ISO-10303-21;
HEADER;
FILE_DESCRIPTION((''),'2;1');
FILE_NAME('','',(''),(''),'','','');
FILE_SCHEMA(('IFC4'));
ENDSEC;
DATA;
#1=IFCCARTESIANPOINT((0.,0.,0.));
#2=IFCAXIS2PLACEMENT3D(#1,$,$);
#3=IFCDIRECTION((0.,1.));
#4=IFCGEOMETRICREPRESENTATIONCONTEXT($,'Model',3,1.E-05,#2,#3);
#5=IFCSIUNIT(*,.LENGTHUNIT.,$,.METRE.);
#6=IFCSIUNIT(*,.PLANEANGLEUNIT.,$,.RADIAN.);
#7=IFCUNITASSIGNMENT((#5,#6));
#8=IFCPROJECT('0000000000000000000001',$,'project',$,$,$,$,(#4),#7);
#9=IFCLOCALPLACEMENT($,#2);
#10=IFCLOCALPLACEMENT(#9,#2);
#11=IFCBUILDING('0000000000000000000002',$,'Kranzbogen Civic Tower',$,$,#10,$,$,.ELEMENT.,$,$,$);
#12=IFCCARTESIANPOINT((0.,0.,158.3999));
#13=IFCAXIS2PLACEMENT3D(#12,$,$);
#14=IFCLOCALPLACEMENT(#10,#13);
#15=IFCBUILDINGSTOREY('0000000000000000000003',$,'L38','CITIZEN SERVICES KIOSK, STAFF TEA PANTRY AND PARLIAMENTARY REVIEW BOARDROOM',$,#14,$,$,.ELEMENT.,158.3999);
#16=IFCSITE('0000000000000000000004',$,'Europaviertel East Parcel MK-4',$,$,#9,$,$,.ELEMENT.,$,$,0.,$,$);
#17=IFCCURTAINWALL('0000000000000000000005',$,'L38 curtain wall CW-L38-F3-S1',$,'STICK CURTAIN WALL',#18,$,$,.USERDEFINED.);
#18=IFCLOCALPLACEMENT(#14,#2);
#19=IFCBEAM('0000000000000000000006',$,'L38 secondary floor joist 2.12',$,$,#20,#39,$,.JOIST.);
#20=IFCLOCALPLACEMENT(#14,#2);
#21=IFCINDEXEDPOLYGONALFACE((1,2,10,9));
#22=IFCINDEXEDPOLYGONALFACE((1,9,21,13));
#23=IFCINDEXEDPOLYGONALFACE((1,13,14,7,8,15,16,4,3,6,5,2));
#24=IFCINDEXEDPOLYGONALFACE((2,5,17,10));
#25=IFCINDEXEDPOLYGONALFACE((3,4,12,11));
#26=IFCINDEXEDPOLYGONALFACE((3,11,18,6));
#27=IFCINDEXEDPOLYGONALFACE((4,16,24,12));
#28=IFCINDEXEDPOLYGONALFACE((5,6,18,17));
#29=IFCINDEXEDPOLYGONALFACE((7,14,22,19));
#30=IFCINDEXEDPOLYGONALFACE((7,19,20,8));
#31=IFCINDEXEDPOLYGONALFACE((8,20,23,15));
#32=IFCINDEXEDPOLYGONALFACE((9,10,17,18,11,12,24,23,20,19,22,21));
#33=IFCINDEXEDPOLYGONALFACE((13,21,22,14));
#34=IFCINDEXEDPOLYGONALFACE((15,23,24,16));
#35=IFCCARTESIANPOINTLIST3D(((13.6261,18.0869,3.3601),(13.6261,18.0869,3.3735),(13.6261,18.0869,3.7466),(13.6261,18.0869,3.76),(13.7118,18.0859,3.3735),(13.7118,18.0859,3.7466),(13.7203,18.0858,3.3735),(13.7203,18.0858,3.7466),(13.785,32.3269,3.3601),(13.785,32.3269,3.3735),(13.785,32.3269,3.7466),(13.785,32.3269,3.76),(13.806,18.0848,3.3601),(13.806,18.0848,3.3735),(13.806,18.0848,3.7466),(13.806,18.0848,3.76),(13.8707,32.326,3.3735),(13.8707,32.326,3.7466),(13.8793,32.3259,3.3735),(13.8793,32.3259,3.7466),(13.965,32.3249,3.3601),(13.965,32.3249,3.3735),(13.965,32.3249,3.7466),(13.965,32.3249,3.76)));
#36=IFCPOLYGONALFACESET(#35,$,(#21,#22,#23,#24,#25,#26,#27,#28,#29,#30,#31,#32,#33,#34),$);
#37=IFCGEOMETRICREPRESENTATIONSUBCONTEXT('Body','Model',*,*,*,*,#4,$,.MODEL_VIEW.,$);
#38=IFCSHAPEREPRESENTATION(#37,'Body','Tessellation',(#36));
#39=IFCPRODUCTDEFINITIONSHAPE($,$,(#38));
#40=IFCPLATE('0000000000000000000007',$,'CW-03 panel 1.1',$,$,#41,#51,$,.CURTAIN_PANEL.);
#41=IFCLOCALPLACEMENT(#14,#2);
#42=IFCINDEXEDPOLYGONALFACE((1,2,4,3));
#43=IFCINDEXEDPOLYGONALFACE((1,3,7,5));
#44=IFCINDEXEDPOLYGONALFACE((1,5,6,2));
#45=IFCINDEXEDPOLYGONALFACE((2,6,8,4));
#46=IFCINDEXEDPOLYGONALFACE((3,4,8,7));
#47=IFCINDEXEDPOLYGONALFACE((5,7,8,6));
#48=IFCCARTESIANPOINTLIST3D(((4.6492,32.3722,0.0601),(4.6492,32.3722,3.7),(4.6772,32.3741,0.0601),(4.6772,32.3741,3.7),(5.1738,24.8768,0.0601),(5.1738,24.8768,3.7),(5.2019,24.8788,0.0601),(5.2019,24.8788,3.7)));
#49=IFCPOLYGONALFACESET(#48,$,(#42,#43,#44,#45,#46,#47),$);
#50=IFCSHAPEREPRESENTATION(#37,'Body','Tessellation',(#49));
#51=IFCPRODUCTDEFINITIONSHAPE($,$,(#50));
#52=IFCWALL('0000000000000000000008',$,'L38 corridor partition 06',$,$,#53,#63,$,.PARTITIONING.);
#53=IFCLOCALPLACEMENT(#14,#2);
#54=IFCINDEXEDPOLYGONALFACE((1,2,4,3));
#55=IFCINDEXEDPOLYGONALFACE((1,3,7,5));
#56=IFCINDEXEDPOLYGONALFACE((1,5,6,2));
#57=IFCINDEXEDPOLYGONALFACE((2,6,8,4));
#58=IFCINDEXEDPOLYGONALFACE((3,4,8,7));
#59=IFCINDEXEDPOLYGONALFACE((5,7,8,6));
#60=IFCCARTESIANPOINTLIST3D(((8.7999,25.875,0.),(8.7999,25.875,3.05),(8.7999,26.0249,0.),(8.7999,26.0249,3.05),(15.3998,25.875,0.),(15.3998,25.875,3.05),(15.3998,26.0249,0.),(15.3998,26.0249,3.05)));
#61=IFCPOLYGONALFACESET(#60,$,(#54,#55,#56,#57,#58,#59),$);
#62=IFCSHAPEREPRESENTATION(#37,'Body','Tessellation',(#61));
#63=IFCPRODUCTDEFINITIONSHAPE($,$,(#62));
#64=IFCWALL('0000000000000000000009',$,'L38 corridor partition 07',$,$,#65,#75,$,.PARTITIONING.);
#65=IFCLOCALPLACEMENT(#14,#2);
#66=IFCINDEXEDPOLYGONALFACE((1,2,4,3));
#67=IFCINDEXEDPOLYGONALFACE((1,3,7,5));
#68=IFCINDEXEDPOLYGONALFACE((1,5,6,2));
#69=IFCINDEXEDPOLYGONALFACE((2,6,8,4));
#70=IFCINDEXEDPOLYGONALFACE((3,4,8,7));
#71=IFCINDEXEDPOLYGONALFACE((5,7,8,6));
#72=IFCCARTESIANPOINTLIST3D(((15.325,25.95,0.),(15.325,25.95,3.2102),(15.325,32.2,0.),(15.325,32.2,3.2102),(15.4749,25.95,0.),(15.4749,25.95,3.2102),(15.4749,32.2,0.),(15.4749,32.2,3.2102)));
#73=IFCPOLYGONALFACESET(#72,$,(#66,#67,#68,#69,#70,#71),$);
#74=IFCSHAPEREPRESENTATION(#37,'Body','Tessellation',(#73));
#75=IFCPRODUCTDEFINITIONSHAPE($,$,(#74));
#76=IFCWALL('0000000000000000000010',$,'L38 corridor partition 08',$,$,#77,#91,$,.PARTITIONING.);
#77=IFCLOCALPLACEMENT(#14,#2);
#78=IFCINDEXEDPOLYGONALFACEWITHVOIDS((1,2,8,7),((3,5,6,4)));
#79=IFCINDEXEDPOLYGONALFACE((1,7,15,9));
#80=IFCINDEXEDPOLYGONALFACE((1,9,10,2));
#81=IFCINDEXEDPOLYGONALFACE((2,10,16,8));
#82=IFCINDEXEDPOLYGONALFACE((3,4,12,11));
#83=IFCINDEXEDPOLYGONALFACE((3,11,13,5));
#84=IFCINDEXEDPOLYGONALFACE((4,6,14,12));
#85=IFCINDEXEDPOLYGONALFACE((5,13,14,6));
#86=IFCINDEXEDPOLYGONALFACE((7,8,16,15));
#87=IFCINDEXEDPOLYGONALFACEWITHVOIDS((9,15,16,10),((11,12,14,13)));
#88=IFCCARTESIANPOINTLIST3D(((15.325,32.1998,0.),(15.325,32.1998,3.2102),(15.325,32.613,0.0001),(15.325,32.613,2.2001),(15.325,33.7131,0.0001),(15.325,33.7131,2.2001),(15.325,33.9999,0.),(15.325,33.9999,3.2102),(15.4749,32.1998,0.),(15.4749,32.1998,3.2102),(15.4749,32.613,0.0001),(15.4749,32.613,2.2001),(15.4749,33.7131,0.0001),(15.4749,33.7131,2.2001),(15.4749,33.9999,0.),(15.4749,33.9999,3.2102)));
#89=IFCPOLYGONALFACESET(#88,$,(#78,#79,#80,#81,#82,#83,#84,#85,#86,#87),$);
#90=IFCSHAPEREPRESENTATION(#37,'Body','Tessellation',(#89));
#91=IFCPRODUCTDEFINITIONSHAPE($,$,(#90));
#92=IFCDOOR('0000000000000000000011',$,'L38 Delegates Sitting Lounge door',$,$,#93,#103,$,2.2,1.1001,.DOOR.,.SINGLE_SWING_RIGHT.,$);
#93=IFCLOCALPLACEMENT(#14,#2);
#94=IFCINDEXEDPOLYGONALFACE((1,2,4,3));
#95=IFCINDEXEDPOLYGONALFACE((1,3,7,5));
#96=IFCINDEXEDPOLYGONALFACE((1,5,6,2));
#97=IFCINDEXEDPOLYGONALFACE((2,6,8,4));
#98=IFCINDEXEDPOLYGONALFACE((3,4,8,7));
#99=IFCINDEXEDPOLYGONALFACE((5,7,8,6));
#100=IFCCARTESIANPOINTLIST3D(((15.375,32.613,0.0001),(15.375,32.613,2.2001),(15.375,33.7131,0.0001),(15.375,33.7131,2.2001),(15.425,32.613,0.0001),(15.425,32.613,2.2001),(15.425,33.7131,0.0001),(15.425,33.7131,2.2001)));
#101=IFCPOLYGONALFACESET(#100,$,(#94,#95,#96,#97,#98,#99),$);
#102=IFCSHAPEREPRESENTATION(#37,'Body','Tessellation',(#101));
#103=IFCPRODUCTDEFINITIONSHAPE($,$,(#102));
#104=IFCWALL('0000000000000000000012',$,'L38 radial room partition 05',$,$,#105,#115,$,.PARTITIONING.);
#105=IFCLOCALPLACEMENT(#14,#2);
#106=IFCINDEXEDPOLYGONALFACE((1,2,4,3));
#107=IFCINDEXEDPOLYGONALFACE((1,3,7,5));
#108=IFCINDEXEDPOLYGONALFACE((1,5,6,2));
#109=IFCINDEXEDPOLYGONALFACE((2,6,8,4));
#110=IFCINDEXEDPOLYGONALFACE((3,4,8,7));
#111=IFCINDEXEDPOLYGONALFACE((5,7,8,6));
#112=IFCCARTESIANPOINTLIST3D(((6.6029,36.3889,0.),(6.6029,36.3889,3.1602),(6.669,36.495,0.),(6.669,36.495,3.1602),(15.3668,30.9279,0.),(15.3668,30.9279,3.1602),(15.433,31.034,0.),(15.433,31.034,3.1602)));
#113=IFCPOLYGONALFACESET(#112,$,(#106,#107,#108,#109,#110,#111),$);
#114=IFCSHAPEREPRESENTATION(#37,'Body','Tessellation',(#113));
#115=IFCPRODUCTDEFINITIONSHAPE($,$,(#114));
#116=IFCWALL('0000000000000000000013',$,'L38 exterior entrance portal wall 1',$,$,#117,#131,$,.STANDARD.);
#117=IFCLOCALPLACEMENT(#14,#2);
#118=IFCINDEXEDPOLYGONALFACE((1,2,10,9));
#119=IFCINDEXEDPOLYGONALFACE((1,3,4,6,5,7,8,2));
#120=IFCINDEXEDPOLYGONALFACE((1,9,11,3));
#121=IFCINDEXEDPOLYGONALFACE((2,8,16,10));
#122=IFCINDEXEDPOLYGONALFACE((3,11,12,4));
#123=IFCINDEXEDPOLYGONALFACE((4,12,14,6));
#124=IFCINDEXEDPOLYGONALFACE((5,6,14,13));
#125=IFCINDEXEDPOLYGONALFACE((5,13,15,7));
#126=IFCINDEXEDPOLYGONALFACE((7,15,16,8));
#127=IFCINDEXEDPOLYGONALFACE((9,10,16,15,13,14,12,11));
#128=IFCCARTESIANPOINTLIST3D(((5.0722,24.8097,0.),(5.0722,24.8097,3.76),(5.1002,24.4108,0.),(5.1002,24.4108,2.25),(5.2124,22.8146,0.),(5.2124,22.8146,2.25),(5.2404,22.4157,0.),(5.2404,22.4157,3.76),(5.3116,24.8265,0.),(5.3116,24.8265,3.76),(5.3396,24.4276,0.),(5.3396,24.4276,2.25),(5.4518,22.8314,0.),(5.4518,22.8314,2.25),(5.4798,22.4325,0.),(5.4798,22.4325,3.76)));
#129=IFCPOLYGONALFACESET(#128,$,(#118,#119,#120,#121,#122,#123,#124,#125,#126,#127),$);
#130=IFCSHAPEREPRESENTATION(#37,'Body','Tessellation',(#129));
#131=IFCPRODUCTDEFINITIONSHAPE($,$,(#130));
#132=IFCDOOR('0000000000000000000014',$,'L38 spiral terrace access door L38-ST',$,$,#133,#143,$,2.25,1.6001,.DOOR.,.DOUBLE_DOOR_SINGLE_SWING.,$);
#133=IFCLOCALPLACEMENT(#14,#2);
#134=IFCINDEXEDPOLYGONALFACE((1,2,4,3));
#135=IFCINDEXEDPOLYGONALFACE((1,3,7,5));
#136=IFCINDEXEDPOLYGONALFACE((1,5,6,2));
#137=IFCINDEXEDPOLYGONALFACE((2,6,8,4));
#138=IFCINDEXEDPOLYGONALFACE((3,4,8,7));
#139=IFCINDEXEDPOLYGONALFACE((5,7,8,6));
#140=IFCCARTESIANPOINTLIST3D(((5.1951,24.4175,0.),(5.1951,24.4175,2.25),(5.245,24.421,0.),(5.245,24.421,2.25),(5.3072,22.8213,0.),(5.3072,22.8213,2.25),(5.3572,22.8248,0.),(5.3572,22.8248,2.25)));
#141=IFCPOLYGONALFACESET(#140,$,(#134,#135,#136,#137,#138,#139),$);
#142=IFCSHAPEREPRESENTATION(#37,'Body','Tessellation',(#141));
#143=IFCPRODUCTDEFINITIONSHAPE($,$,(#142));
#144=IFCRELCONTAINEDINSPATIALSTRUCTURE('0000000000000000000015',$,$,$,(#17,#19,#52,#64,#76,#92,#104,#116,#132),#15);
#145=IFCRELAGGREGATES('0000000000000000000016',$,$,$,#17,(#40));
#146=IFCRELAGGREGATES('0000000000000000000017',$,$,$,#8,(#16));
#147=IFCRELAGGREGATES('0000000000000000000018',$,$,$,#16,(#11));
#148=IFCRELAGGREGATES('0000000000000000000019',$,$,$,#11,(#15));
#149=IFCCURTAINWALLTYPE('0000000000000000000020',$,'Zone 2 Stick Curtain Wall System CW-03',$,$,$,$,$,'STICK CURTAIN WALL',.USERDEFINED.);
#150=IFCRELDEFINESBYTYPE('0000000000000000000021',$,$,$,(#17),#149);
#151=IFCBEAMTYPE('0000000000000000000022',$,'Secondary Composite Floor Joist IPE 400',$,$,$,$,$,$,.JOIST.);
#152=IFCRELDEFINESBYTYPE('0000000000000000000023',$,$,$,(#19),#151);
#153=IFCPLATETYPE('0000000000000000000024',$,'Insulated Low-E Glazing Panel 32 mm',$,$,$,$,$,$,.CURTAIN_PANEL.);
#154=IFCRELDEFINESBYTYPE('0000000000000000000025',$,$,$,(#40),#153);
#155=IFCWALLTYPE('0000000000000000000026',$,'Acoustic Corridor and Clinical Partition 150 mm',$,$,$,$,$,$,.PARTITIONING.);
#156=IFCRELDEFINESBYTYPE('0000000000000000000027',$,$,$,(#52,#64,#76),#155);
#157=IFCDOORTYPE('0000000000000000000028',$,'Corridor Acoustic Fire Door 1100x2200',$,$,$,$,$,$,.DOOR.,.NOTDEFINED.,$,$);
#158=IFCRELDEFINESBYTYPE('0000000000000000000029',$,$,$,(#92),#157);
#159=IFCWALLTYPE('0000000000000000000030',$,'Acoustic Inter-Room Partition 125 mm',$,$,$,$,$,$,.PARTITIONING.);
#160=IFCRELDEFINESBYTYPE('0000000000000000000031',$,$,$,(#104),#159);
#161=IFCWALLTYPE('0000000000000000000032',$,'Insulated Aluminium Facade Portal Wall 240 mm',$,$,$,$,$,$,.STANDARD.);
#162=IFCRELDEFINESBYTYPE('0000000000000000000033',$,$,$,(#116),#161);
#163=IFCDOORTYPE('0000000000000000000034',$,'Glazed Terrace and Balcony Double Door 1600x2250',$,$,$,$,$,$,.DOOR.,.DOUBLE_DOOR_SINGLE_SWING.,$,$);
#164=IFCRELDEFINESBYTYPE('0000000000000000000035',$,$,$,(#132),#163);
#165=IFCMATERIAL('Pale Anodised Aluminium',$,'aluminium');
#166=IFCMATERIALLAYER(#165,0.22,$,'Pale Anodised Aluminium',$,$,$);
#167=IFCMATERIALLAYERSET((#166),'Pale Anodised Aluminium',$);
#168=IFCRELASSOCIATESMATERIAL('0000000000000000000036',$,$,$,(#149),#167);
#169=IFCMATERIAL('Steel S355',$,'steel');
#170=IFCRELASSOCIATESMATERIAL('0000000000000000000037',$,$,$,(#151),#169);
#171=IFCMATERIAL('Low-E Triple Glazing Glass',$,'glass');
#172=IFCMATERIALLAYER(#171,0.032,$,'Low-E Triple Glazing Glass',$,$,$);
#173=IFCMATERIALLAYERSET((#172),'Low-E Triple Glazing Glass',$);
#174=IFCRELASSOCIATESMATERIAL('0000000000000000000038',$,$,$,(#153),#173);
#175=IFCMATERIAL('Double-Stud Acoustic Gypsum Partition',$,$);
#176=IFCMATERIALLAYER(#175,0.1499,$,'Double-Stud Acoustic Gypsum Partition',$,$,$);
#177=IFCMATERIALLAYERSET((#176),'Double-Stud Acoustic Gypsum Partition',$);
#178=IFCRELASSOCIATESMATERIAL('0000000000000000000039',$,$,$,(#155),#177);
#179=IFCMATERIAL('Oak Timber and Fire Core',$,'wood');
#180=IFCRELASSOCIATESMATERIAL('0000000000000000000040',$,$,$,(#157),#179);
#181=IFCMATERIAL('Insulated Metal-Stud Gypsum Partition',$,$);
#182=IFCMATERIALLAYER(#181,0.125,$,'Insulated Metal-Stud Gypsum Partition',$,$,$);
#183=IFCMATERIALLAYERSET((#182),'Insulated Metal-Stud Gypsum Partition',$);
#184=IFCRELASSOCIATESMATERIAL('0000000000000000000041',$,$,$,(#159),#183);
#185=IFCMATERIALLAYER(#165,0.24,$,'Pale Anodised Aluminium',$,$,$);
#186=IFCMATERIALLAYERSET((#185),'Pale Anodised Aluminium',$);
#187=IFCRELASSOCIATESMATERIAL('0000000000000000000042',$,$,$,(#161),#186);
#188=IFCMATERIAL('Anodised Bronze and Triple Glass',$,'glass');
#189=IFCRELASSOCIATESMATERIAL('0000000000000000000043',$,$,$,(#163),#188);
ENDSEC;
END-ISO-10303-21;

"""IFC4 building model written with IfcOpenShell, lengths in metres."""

from ifc_helpers import new_model, si_unit, direction, frame, frame_2d, origin, origin_2d, place, context, subcontext, project, spatial, rectangle, i_section, extrude, material, layer, layer_set, material_profile, profile_set, type_object, element, fill, aggregate, save


model = new_model("IFC4")

# Units and contexts
model_context = context("Model", 3, precision=1e-05, world=origin(), true_north=direction((0.0, 1.0)))
body_context = subcontext(model_context, "Body", "Model", "MODEL_VIEW")
ifc_project = project(units=[si_unit("LENGTHUNIT", "METRE"), si_unit("PLANEANGLEUNIT", "RADIAN")], contexts=[model_context])

# Site, building, storey
site_placement = place(None, origin())
site = spatial("IfcSite", under=ifc_project, at=site_placement, Name="Europaviertel East Parcel MK-4", CompositionType="ELEMENT", RefElevation=0.0)
building_placement = place(site_placement, origin())
building = spatial("IfcBuilding", under=site, at=building_placement, Name="Kranzbogen Civic Tower", CompositionType="ELEMENT")
storey_placement = place(building_placement, frame((0.0, 0.0, 158.3999)))
storey = spatial("IfcBuildingStorey", under=building, at=storey_placement, Name="L38", Description="CITIZEN SERVICES KIOSK, STAFF TEA PANTRY AND PARLIAMENTARY REVIEW BOARDROOM", CompositionType="ELEMENT", Elevation=158.3999)

# Curtain wall
ifc_material_1 = material(Name="Pale Anodised Aluminium", Category="aluminium")
ifc_layer_1 = layer(ifc_material_1, 0.22, Name="Pale Anodised Aluminium")
ifc_layer_set_1 = layer_set([ifc_layer_1], Name="Pale Anodised Aluminium")
curtain_wall_type = type_object("IfcCurtainWallType", Name="Zone 2 Stick Curtain Wall System CW-03", ElementType="STICK CURTAIN WALL", PredefinedType="USERDEFINED", material=ifc_layer_set_1)
curtain_wall_placement = place(storey_placement, origin())
curtain_wall = element("IfcCurtainWall", 1, at=curtain_wall_placement, inside=storey, type_object=curtain_wall_type, Name="L38 curtain wall CW-L38-F3-S1", ObjectType="STICK CURTAIN WALL", PredefinedType="USERDEFINED")

# Beam
ifc_material_2 = material(Name="Steel S355", Category="steel")
ifc_material_profile_1 = material_profile(ifc_material_2, i_section(OverallWidth=0.1799, OverallDepth=0.3999, WebThickness=0.0085, FlangeThickness=0.0134, at=origin_2d()), Name="IPE 400")
ifc_profile_set_1 = profile_set([ifc_material_profile_1], Name="Steel S355")
beam_type_1 = type_object("IfcBeamType", Name="Secondary Composite Floor Joist IPE 400", PredefinedType="JOIST", material=ifc_profile_set_1)
beam_1_placement = place(storey_placement, frame((13.875, 32.3259, 3.5601), z_axis=(-0.011161, -0.999938, 0.0), x_axis=(0.999938, -0.011161, 0.0)))
element("IfcBeam", 2, at=beam_1_placement, inside=storey, type_object=beam_type_1, Name="L38 secondary floor joist 2.12", PredefinedType="JOIST", context=body_context, shape_type="SweptSolid", body=[
    extrude(i_section(OverallWidth=0.1799, OverallDepth=0.3999, WebThickness=0.0085, FlangeThickness=0.0134, at=origin_2d()), origin(), (0.0, 0.0, 1.0), 14.241),
])

# Plate
ifc_material_3 = material(Name="Low-E Triple Glazing Glass", Category="glass")
ifc_layer_2 = layer(ifc_material_3, 0.032, Name="Low-E Triple Glazing Glass")
ifc_layer_set_2 = layer_set([ifc_layer_2], Name="Low-E Triple Glazing Glass")
plate_type = type_object("IfcPlateType", Name="Insulated Low-E Glazing Panel 32 mm", PredefinedType="CURTAIN_PANEL", material=ifc_layer_set_2)
plate_placement = place(storey_placement, frame((4.9255, 28.6255, 0.0601), z_axis=(0.0, 0.0, 1.0), x_axis=(0.069823, -0.997559, 0.0)))
plate = element("IfcPlate", 3, at=plate_placement, type_object=plate_type, Name="CW-03 panel 1.1", PredefinedType="CURTAIN_PANEL", context=body_context, shape_type="SweptSolid", body=[
    extrude(rectangle(XDim=7.5137, YDim=0.0281, at=origin_2d()), origin(), (0.0, 0.0, 1.0), 3.6399),
])
aggregate(curtain_wall, [plate])

# Walls
ifc_material_4 = material(Name="Double-Stud Acoustic Gypsum Partition")
ifc_layer_3 = layer(ifc_material_4, 0.1499, Name="Double-Stud Acoustic Gypsum Partition")
ifc_layer_set_3 = layer_set([ifc_layer_3], Name="Double-Stud Acoustic Gypsum Partition")
wall_type_1 = type_object("IfcWallType", Name="Acoustic Corridor and Clinical Partition 150 mm", PredefinedType="PARTITIONING", material=ifc_layer_set_3)
wall_1_placement = place(storey_placement, frame((8.8, 25.95, 0.0), z_axis=(0.0, 0.0, 1.0), x_axis=(1.0, 0.0, 0.0)))
element("IfcWall", 4, at=wall_1_placement, inside=storey, type_object=wall_type_1, Name="L38 corridor partition 06", PredefinedType="PARTITIONING", context=body_context, shape_type="SweptSolid", body=[
    extrude(rectangle(XDim=6.5999, YDim=0.1499, at=frame_2d((3.2998, 0.0))), origin(), (0.0, 0.0, 1.0), 3.05),
])
wall_2_placement = place(storey_placement, frame((15.3999, 25.95, 0.0), z_axis=(0.0, 0.0, 1.0), x_axis=(0.0, 1.0, 0.0)))
element("IfcWall", 5, at=wall_2_placement, inside=storey, type_object=wall_type_1, Name="L38 corridor partition 07", PredefinedType="PARTITIONING", context=body_context, shape_type="SweptSolid", body=[
    extrude(rectangle(XDim=6.25, YDim=0.1499, at=frame_2d((3.125, 0.0))), origin(), (0.0, 0.0, 1.0), 3.2102),
])

# Wall, opening, door
wall_3_placement = place(storey_placement, frame((15.3999, 32.2, 0.0), z_axis=(0.0, 0.0, 1.0), x_axis=(0.0, 1.0, 0.0)))
wall_3 = element("IfcWall", 6, at=wall_3_placement, inside=storey, type_object=wall_type_1, Name="L38 corridor partition 08", PredefinedType="PARTITIONING", context=body_context, shape_type="SweptSolid", body=[
    extrude(rectangle(XDim=1.8, YDim=0.1499, at=frame_2d((0.8999, 0.0))), origin(), (0.0, 0.0, 1.0), 3.2102),
])
opening_1_placement = place(wall_3_placement, frame((0.4131, 0.0, 0.0)))
opening_1 = element("IfcOpeningElement", 7, at=opening_1_placement, cuts=wall_3, PredefinedType="OPENING", context=body_context, shape_type="SweptSolid", body=[
    extrude(rectangle(XDim=1.1001, YDim=2.2, at=frame_2d((0.55, 1.1001))), frame((0.0, 0.085, 0.0), z_axis=(0.0, -1.0, 0.0), x_axis=(1.0, 0.0, 0.0)), (0.0, 0.0, 1.0), 0.1699),
])
ifc_material_5 = material(Name="Oak Timber and Fire Core", Category="wood")
door_type_1 = type_object("IfcDoorType", Name="Corridor Acoustic Fire Door 1100x2200", OperationType="NOTDEFINED", PredefinedType="DOOR", material=ifc_material_5)
door_1_placement = place(opening_1_placement, origin())
door_1 = element("IfcDoor", 8, at=door_1_placement, inside=storey, type_object=door_type_1, Name="L38 Delegates Sitting Lounge door", OperationType="SINGLE_SWING_RIGHT", OverallHeight=2.2, OverallWidth=1.1001, PredefinedType="DOOR", context=body_context, shape_type="SweptSolid", body=[
    extrude(rectangle(XDim=1.1001, YDim=2.2, at=frame_2d((0.55, 1.1001))), frame((0.0, 0.0249, 0.0), z_axis=(0.0, -1.0, 0.0), x_axis=(1.0, 0.0, 0.0)), (0.0, 0.0, 1.0), 0.05),
])
fill(opening_1, door_1)

# Wall
ifc_material_6 = material(Name="Insulated Metal-Stud Gypsum Partition")
ifc_layer_4 = layer(ifc_material_6, 0.125, Name="Insulated Metal-Stud Gypsum Partition")
ifc_layer_set_4 = layer_set([ifc_layer_4], Name="Insulated Metal-Stud Gypsum Partition")
wall_type_2 = type_object("IfcWallType", Name="Acoustic Inter-Room Partition 125 mm", PredefinedType="PARTITIONING", material=ifc_layer_set_4)
wall_4_placement = place(storey_placement, frame((15.3999, 30.981, 0.0), z_axis=(0.0, 0.0, 1.0), x_axis=(-0.848716, 0.528849, 0.0)))
element("IfcWall", 9, at=wall_4_placement, inside=storey, type_object=wall_type_2, Name="L38 radial room partition 05", PredefinedType="PARTITIONING", context=body_context, shape_type="SweptSolid", body=[
    extrude(rectangle(XDim=10.3262, YDim=0.125, at=frame_2d((5.1631, 0.0))), origin(), (0.0, 0.0, 1.0), 3.1602),
])

# Wall, opening, door
ifc_layer_5 = layer(ifc_material_1, 0.24, Name="Pale Anodised Aluminium")
ifc_layer_set_5 = layer_set([ifc_layer_5], Name="Pale Anodised Aluminium")
wall_type_3 = type_object("IfcWallType", Name="Insulated Aluminium Facade Portal Wall 240 mm", PredefinedType="STANDARD", material=ifc_layer_set_5)
wall_5_placement = place(storey_placement, frame((5.1919, 24.8181, 0.0), z_axis=(0.0, 0.0, 1.0), x_axis=(0.07009, -0.997541, 0.0)))
wall_5 = element("IfcWall", 10, at=wall_5_placement, inside=storey, type_object=wall_type_3, Name="L38 exterior entrance portal wall 1", PredefinedType="STANDARD", context=body_context, shape_type="SweptSolid", body=[
    extrude(rectangle(XDim=2.3999, YDim=0.24, at=frame_2d((1.2, 0.0))), origin(), (0.0, 0.0, 1.0), 3.76),
])
opening_2_placement = place(wall_5_placement, frame((0.3999, 0.0, 0.0)))
opening_2 = element("IfcOpeningElement", 11, at=opening_2_placement, cuts=wall_5, PredefinedType="OPENING", context=body_context, shape_type="SweptSolid", body=[
    extrude(rectangle(XDim=1.6001, YDim=2.25, at=frame_2d((0.8, 1.125))), frame((0.0, 0.1299, 0.0), z_axis=(0.0, -1.0, 0.0), x_axis=(1.0, 0.0, 0.0)), (0.0, 0.0, 1.0), 0.26),
])
ifc_material_7 = material(Name="Anodised Bronze and Triple Glass", Category="glass")
door_type_2 = type_object("IfcDoorType", Name="Glazed Terrace and Balcony Double Door 1600x2250", OperationType="DOUBLE_DOOR_SINGLE_SWING", PredefinedType="DOOR", material=ifc_material_7)
door_2_placement = place(opening_2_placement, frame((1.6001, 0.0, 0.0), z_axis=(0.0, 0.0, 1.0), x_axis=(-1.0, 0.0, 0.0)))
door_2 = element("IfcDoor", 12, at=door_2_placement, inside=storey, type_object=door_type_2, Name="L38 spiral terrace access door L38-ST", OperationType="DOUBLE_DOOR_SINGLE_SWING", OverallHeight=2.25, OverallWidth=1.6001, PredefinedType="DOOR", context=body_context, shape_type="SweptSolid", body=[
    extrude(rectangle(XDim=1.6001, YDim=2.25, at=frame_2d((0.8, 1.125))), frame((0.0, 0.0249, 0.0), z_axis=(0.0, -1.0, 0.0), x_axis=(1.0, 0.0, 0.0)), (0.0, 0.0, 1.0), 0.05),
])
fill(opening_2, door_2)

save(model, "model.ifc")
